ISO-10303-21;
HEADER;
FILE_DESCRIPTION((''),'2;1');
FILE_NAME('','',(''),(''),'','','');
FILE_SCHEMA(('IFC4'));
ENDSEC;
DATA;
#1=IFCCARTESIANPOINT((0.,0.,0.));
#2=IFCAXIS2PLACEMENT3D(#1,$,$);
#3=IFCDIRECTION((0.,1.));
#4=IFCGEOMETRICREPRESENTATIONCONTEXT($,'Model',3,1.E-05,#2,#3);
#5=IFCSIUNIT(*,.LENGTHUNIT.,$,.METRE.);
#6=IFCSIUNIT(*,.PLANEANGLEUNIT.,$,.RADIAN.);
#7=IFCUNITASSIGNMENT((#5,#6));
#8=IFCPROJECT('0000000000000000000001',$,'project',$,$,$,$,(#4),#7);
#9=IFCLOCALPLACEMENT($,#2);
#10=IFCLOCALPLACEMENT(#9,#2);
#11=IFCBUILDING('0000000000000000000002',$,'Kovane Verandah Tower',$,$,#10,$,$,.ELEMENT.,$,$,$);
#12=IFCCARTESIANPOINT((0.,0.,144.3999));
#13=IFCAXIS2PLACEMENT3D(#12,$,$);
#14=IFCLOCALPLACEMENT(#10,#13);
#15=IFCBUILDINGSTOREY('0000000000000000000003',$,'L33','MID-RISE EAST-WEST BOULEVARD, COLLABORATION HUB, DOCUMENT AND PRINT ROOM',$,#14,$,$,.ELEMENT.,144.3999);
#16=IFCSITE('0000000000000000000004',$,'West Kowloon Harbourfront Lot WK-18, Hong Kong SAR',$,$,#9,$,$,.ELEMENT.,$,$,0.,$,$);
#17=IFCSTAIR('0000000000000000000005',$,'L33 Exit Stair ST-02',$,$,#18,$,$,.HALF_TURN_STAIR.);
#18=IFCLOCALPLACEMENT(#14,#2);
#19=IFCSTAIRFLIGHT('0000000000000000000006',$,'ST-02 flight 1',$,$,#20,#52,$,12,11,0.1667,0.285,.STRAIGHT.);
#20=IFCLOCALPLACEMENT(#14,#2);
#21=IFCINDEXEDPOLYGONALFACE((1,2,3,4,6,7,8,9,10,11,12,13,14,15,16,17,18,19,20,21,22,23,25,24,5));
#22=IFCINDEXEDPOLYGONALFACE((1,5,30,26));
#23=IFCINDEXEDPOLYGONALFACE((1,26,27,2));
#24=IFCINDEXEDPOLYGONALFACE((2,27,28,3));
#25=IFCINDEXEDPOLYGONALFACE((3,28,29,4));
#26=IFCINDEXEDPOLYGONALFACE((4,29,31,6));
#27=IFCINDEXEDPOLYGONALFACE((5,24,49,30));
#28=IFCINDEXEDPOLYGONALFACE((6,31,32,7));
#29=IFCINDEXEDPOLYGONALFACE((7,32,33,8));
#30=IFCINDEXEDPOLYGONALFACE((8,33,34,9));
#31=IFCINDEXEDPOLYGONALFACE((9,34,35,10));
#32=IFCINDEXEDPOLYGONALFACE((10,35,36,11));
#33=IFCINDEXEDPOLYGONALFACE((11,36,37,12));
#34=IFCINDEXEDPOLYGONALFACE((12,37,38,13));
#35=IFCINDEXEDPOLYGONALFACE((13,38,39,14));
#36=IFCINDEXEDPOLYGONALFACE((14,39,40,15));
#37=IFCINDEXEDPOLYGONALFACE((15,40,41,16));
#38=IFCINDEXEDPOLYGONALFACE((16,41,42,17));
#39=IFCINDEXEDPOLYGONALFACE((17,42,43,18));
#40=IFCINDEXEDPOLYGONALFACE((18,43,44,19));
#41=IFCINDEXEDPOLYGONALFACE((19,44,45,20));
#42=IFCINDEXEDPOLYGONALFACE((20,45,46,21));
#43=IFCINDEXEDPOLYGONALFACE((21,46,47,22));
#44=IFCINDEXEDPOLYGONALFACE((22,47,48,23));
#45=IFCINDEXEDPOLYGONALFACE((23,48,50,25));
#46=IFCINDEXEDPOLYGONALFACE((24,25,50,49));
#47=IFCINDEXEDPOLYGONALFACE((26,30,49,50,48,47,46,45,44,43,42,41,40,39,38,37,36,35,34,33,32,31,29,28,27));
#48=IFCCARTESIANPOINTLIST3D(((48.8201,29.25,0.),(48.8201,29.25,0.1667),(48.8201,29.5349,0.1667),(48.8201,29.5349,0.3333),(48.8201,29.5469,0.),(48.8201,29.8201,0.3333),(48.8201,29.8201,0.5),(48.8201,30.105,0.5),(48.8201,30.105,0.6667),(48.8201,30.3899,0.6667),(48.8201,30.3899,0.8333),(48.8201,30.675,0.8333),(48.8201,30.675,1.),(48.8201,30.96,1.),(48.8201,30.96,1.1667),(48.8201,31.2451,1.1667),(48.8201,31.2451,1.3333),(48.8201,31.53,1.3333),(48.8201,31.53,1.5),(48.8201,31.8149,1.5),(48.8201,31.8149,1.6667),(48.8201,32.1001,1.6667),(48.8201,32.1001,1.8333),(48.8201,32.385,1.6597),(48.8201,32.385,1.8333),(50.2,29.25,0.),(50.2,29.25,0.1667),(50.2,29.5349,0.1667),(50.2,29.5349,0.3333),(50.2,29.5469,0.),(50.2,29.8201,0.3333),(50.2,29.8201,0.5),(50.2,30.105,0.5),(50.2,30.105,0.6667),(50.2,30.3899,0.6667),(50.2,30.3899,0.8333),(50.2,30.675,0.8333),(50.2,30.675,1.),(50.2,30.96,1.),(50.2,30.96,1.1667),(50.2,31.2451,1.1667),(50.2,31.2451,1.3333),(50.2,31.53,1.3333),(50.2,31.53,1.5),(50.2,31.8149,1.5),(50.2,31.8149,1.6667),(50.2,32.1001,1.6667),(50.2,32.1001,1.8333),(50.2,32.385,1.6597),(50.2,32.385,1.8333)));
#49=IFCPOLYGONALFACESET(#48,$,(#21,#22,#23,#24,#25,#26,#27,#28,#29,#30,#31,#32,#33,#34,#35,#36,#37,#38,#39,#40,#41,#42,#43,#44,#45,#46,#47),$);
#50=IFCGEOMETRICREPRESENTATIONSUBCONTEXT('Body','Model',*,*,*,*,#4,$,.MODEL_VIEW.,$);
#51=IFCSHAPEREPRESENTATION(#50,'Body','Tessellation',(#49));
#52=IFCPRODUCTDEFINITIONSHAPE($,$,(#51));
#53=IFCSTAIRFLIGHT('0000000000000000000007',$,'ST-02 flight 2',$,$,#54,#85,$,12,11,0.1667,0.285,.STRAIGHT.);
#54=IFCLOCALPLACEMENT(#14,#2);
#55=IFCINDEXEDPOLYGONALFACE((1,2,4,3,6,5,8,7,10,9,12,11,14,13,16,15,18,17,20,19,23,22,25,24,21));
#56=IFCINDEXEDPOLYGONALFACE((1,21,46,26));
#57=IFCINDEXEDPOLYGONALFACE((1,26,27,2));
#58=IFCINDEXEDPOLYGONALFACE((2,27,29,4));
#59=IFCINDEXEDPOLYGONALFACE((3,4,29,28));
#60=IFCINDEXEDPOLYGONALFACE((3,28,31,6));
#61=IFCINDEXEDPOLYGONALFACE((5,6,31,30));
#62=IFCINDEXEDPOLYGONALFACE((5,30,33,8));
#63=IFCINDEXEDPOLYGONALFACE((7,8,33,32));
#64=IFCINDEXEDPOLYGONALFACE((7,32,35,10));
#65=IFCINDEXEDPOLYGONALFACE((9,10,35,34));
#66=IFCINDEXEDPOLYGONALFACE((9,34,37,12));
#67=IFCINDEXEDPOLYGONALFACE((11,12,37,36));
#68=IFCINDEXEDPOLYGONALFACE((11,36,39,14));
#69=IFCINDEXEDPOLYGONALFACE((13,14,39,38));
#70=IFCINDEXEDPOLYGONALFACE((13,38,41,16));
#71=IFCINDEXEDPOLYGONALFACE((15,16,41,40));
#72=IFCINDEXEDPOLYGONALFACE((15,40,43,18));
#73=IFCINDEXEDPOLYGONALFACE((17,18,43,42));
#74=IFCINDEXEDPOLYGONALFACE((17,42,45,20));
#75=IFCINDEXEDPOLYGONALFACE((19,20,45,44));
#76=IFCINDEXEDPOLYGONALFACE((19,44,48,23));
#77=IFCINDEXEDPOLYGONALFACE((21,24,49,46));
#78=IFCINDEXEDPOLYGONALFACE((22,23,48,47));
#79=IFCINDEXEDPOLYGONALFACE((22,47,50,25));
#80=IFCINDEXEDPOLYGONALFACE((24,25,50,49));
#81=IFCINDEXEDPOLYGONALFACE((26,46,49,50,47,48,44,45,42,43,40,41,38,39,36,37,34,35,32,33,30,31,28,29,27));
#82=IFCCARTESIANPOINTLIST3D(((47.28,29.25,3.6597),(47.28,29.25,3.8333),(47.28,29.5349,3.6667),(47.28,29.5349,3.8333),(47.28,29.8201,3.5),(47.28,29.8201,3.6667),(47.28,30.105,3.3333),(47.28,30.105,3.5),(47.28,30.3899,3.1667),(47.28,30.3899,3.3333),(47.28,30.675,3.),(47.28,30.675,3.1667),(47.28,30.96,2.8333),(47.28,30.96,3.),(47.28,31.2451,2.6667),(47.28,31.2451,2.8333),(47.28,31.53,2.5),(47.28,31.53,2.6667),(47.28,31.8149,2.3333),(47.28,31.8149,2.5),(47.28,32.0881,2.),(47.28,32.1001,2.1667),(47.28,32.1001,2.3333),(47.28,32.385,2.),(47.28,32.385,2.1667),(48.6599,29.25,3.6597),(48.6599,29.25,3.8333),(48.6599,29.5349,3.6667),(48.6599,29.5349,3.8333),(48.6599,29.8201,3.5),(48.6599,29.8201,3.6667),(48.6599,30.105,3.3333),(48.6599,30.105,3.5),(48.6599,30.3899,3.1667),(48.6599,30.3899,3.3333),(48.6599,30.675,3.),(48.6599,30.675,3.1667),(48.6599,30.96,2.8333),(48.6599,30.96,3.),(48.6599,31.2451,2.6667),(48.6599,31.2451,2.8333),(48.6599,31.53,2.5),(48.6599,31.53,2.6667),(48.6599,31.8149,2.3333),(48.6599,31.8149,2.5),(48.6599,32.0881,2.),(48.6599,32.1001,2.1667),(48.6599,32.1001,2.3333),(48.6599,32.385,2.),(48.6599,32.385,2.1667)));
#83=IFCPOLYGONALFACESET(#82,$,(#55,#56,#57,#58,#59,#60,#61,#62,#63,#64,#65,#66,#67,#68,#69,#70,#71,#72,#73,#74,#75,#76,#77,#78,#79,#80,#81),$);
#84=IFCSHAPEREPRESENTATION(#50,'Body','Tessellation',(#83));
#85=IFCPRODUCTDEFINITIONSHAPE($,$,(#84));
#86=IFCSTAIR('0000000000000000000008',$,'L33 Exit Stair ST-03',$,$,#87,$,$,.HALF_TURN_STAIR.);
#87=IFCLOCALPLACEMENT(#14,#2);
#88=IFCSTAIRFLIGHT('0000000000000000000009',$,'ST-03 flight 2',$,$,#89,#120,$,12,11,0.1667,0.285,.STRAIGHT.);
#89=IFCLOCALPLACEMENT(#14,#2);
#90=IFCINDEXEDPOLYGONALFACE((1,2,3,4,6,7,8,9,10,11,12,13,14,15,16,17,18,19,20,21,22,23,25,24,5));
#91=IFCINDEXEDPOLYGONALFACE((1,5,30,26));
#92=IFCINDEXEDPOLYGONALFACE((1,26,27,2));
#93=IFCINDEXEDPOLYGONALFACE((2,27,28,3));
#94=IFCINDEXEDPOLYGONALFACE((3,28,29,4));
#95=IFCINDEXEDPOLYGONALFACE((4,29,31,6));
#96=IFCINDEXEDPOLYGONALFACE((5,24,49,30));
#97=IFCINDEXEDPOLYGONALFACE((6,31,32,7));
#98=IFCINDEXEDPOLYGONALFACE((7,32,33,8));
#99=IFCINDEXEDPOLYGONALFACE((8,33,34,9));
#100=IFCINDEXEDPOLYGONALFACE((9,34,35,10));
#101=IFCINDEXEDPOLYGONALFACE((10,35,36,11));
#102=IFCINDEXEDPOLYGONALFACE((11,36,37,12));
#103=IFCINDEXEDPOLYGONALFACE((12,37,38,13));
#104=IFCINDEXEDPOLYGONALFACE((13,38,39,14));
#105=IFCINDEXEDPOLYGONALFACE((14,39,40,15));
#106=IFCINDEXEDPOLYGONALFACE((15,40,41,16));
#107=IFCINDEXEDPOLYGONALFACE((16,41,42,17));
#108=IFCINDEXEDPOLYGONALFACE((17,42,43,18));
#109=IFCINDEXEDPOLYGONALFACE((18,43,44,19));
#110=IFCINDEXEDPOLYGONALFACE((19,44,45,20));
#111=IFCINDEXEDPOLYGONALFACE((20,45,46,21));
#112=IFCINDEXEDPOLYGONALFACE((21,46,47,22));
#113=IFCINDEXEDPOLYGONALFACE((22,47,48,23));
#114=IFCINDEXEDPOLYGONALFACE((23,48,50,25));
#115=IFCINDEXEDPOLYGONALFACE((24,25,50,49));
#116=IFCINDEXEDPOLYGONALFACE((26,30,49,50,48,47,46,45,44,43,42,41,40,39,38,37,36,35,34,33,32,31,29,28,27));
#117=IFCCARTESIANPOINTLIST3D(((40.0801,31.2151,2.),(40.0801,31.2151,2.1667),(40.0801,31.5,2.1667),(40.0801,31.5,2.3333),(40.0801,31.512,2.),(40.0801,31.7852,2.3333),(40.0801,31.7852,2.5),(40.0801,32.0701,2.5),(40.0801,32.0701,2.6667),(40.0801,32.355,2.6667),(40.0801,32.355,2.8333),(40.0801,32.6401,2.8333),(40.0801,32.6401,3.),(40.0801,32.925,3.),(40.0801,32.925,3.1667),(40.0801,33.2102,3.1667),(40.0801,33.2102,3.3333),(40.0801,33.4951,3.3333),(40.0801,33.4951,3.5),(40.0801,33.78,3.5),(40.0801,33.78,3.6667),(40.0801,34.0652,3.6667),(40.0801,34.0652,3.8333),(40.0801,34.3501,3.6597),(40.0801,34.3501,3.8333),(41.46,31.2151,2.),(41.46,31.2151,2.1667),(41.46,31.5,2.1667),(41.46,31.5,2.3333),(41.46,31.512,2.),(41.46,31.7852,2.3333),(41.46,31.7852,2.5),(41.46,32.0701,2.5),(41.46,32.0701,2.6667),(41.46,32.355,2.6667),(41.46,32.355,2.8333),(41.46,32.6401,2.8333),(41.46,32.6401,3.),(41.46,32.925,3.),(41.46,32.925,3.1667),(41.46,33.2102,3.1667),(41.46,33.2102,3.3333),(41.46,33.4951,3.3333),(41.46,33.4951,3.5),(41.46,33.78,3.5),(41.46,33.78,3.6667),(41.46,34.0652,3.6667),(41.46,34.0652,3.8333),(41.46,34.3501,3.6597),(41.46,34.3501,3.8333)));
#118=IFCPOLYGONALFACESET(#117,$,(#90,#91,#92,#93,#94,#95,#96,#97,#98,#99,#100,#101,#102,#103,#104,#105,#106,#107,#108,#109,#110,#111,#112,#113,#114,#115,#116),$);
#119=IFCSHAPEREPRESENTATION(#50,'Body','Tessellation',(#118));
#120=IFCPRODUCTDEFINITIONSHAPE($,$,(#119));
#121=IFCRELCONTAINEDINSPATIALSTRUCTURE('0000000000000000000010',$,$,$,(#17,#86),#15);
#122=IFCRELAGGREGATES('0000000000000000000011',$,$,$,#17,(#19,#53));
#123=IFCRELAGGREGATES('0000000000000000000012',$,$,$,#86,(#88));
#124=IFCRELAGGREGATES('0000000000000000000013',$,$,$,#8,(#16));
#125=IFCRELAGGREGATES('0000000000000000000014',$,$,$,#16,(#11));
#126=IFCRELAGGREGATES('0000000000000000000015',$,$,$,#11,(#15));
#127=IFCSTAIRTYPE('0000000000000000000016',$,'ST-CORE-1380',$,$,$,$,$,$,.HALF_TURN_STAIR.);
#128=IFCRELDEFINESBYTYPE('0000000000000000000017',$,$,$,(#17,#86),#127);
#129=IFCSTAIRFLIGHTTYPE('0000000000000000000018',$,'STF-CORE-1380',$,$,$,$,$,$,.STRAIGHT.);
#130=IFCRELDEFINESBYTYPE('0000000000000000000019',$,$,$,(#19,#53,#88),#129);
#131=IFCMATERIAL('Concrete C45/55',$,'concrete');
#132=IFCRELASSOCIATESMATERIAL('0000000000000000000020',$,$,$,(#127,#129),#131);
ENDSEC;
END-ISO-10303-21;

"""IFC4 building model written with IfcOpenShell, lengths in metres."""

from ifc_helpers import new_model, si_unit, direction, frame, origin, place, context, subcontext, project, spatial, polyline, outline, extrude, material, type_object, element, aggregate, save


model = new_model("IFC4")

# Units and contexts
model_context = context("Model", 3, precision=1e-05, world=origin(), true_north=direction((0.0, 1.0)))
body_context = subcontext(model_context, "Body", "Model", "MODEL_VIEW")
ifc_project = project(units=[si_unit("LENGTHUNIT", "METRE"), si_unit("PLANEANGLEUNIT", "RADIAN")], contexts=[model_context])

# Site, building, storey
site_placement = place(None, origin())
site = spatial("IfcSite", under=ifc_project, at=site_placement, Name="West Kowloon Harbourfront Lot WK-18, Hong Kong SAR", CompositionType="ELEMENT", RefElevation=0.0)
building_placement = place(site_placement, origin())
building = spatial("IfcBuilding", under=site, at=building_placement, Name="Kovane Verandah Tower", CompositionType="ELEMENT")
storey_placement = place(building_placement, frame((0.0, 0.0, 144.3999)))
storey = spatial("IfcBuildingStorey", under=building, at=storey_placement, Name="L33", Description="MID-RISE EAST-WEST BOULEVARD, COLLABORATION HUB, DOCUMENT AND PRINT ROOM", CompositionType="ELEMENT", Elevation=144.3999)

# Shared definitions
ifc_material_1 = material(Name="Concrete C45/55", Category="concrete")

# Stair, stair flights
stair_type = type_object("IfcStairType", Name="ST-CORE-1380", PredefinedType="HALF_TURN_STAIR", material=ifc_material_1)
stair_1_placement = place(storey_placement, origin())
stair_1 = element("IfcStair", 1, at=stair_1_placement, inside=storey, type_object=stair_type, Name="L33 Exit Stair ST-02", PredefinedType="HALF_TURN_STAIR")
stair_flight_type = type_object("IfcStairFlightType", Name="STF-CORE-1380", PredefinedType="STRAIGHT", material=ifc_material_1)
stair_flight_1_placement = place(storey_placement, frame((49.51, 29.25, 0.0), z_axis=(0.0, 0.0, 1.0), x_axis=(0.0, 1.0, 0.0)))
stair_flight_1 = element("IfcStairFlight", 2, at=stair_flight_1_placement, type_object=stair_flight_type, Name="ST-02 flight 1", NumberOfRisers=12, NumberOfTreads=11, PredefinedType="STRAIGHT", RiserHeight=0.1667, TreadLength=0.285, context=body_context, shape_type="SweptSolid", body=[
    extrude(outline(polyline([(0.0, 0.0), (0.0, 0.1667), (0.2849, 0.1667), (0.2849, 0.3333), (0.5701, 0.3333), (0.5701, 0.5), (0.855, 0.5), (0.855, 0.6667), (1.1399, 0.6667), (1.1399, 0.8333), (1.425, 0.8333), (1.425, 1.0), (1.71, 1.0), (1.71, 1.1667), (1.9951, 1.1667), (1.9951, 1.3333), (2.28, 1.3333), (2.28, 1.5), (2.5649, 1.5), (2.5649, 1.6667), (2.8501, 1.6667), (2.8501, 1.8333), (3.135, 1.8333), (3.135, 2.0), (3.135, 1.6597), (0.2969, 0.0), (0.0, 0.0)])), frame((0.0, 0.6899, 0.0), z_axis=(0.0, -1.0, 0.0), x_axis=(1.0, 0.0, 0.0)), (0.0, 0.0, 1.0), 1.3799),
])
stair_flight_2_placement = place(storey_placement, frame((47.97, 32.385, 2.0), z_axis=(0.0, 0.0, 1.0), x_axis=(0.0, -1.0, 0.0)))
stair_flight_2 = element("IfcStairFlight", 3, at=stair_flight_2_placement, type_object=stair_flight_type, Name="ST-02 flight 2", NumberOfRisers=12, NumberOfTreads=11, PredefinedType="STRAIGHT", RiserHeight=0.1667, TreadLength=0.285, context=body_context, shape_type="SweptSolid", body=[
    extrude(outline(polyline([(0.0, 0.0), (0.0, 0.1667), (0.2849, 0.1667), (0.2849, 0.3333), (0.5701, 0.3333), (0.5701, 0.5), (0.855, 0.5), (0.855, 0.6667), (1.1399, 0.6667), (1.1399, 0.8333), (1.425, 0.8333), (1.425, 1.0), (1.71, 1.0), (1.71, 1.1667), (1.9951, 1.1667), (1.9951, 1.3333), (2.28, 1.3333), (2.28, 1.5), (2.5649, 1.5), (2.5649, 1.6667), (2.8501, 1.6667), (2.8501, 1.8333), (3.135, 1.8333), (3.135, 2.0), (3.135, 1.6597), (0.2969, 0.0), (0.0, 0.0)])), frame((0.0, 0.6899, 0.0), z_axis=(0.0, -1.0, 0.0), x_axis=(1.0, 0.0, 0.0)), (0.0, 0.0, 1.0), 1.3799),
])
aggregate(stair_1, [stair_flight_1, stair_flight_2])

# Stair, stair flight
stair_2_placement = place(storey_placement, origin())
stair_2 = element("IfcStair", 4, at=stair_2_placement, inside=storey, type_object=stair_type, Name="L33 Exit Stair ST-03", PredefinedType="HALF_TURN_STAIR")
stair_flight_3_placement = place(storey_placement, frame((40.77, 31.2151, 2.0), z_axis=(0.0, 0.0, 1.0), x_axis=(0.0, 1.0, 0.0)))
stair_flight_3 = element("IfcStairFlight", 5, at=stair_flight_3_placement, type_object=stair_flight_type, Name="ST-03 flight 2", NumberOfRisers=12, NumberOfTreads=11, PredefinedType="STRAIGHT", RiserHeight=0.1667, TreadLength=0.285, context=body_context, shape_type="SweptSolid", body=[
    extrude(outline(polyline([(0.0, 0.0), (0.0, 0.1667), (0.2849, 0.1667), (0.2849, 0.3333), (0.5701, 0.3333), (0.5701, 0.5), (0.855, 0.5), (0.855, 0.6667), (1.1399, 0.6667), (1.1399, 0.8333), (1.425, 0.8333), (1.425, 1.0), (1.71, 1.0), (1.71, 1.1667), (1.9951, 1.1667), (1.9951, 1.3333), (2.28, 1.3333), (2.28, 1.5), (2.5649, 1.5), (2.5649, 1.6667), (2.8501, 1.6667), (2.8501, 1.8333), (3.135, 1.8333), (3.135, 2.0), (3.135, 1.6597), (0.2969, 0.0), (0.0, 0.0)])), frame((0.0, 0.6899, 0.0), z_axis=(0.0, -1.0, 0.0), x_axis=(1.0, 0.0, 0.0)), (0.0, 0.0, 1.0), 1.3799),
])
aggregate(stair_2, [stair_flight_3])

save(model, "model.ifc")
